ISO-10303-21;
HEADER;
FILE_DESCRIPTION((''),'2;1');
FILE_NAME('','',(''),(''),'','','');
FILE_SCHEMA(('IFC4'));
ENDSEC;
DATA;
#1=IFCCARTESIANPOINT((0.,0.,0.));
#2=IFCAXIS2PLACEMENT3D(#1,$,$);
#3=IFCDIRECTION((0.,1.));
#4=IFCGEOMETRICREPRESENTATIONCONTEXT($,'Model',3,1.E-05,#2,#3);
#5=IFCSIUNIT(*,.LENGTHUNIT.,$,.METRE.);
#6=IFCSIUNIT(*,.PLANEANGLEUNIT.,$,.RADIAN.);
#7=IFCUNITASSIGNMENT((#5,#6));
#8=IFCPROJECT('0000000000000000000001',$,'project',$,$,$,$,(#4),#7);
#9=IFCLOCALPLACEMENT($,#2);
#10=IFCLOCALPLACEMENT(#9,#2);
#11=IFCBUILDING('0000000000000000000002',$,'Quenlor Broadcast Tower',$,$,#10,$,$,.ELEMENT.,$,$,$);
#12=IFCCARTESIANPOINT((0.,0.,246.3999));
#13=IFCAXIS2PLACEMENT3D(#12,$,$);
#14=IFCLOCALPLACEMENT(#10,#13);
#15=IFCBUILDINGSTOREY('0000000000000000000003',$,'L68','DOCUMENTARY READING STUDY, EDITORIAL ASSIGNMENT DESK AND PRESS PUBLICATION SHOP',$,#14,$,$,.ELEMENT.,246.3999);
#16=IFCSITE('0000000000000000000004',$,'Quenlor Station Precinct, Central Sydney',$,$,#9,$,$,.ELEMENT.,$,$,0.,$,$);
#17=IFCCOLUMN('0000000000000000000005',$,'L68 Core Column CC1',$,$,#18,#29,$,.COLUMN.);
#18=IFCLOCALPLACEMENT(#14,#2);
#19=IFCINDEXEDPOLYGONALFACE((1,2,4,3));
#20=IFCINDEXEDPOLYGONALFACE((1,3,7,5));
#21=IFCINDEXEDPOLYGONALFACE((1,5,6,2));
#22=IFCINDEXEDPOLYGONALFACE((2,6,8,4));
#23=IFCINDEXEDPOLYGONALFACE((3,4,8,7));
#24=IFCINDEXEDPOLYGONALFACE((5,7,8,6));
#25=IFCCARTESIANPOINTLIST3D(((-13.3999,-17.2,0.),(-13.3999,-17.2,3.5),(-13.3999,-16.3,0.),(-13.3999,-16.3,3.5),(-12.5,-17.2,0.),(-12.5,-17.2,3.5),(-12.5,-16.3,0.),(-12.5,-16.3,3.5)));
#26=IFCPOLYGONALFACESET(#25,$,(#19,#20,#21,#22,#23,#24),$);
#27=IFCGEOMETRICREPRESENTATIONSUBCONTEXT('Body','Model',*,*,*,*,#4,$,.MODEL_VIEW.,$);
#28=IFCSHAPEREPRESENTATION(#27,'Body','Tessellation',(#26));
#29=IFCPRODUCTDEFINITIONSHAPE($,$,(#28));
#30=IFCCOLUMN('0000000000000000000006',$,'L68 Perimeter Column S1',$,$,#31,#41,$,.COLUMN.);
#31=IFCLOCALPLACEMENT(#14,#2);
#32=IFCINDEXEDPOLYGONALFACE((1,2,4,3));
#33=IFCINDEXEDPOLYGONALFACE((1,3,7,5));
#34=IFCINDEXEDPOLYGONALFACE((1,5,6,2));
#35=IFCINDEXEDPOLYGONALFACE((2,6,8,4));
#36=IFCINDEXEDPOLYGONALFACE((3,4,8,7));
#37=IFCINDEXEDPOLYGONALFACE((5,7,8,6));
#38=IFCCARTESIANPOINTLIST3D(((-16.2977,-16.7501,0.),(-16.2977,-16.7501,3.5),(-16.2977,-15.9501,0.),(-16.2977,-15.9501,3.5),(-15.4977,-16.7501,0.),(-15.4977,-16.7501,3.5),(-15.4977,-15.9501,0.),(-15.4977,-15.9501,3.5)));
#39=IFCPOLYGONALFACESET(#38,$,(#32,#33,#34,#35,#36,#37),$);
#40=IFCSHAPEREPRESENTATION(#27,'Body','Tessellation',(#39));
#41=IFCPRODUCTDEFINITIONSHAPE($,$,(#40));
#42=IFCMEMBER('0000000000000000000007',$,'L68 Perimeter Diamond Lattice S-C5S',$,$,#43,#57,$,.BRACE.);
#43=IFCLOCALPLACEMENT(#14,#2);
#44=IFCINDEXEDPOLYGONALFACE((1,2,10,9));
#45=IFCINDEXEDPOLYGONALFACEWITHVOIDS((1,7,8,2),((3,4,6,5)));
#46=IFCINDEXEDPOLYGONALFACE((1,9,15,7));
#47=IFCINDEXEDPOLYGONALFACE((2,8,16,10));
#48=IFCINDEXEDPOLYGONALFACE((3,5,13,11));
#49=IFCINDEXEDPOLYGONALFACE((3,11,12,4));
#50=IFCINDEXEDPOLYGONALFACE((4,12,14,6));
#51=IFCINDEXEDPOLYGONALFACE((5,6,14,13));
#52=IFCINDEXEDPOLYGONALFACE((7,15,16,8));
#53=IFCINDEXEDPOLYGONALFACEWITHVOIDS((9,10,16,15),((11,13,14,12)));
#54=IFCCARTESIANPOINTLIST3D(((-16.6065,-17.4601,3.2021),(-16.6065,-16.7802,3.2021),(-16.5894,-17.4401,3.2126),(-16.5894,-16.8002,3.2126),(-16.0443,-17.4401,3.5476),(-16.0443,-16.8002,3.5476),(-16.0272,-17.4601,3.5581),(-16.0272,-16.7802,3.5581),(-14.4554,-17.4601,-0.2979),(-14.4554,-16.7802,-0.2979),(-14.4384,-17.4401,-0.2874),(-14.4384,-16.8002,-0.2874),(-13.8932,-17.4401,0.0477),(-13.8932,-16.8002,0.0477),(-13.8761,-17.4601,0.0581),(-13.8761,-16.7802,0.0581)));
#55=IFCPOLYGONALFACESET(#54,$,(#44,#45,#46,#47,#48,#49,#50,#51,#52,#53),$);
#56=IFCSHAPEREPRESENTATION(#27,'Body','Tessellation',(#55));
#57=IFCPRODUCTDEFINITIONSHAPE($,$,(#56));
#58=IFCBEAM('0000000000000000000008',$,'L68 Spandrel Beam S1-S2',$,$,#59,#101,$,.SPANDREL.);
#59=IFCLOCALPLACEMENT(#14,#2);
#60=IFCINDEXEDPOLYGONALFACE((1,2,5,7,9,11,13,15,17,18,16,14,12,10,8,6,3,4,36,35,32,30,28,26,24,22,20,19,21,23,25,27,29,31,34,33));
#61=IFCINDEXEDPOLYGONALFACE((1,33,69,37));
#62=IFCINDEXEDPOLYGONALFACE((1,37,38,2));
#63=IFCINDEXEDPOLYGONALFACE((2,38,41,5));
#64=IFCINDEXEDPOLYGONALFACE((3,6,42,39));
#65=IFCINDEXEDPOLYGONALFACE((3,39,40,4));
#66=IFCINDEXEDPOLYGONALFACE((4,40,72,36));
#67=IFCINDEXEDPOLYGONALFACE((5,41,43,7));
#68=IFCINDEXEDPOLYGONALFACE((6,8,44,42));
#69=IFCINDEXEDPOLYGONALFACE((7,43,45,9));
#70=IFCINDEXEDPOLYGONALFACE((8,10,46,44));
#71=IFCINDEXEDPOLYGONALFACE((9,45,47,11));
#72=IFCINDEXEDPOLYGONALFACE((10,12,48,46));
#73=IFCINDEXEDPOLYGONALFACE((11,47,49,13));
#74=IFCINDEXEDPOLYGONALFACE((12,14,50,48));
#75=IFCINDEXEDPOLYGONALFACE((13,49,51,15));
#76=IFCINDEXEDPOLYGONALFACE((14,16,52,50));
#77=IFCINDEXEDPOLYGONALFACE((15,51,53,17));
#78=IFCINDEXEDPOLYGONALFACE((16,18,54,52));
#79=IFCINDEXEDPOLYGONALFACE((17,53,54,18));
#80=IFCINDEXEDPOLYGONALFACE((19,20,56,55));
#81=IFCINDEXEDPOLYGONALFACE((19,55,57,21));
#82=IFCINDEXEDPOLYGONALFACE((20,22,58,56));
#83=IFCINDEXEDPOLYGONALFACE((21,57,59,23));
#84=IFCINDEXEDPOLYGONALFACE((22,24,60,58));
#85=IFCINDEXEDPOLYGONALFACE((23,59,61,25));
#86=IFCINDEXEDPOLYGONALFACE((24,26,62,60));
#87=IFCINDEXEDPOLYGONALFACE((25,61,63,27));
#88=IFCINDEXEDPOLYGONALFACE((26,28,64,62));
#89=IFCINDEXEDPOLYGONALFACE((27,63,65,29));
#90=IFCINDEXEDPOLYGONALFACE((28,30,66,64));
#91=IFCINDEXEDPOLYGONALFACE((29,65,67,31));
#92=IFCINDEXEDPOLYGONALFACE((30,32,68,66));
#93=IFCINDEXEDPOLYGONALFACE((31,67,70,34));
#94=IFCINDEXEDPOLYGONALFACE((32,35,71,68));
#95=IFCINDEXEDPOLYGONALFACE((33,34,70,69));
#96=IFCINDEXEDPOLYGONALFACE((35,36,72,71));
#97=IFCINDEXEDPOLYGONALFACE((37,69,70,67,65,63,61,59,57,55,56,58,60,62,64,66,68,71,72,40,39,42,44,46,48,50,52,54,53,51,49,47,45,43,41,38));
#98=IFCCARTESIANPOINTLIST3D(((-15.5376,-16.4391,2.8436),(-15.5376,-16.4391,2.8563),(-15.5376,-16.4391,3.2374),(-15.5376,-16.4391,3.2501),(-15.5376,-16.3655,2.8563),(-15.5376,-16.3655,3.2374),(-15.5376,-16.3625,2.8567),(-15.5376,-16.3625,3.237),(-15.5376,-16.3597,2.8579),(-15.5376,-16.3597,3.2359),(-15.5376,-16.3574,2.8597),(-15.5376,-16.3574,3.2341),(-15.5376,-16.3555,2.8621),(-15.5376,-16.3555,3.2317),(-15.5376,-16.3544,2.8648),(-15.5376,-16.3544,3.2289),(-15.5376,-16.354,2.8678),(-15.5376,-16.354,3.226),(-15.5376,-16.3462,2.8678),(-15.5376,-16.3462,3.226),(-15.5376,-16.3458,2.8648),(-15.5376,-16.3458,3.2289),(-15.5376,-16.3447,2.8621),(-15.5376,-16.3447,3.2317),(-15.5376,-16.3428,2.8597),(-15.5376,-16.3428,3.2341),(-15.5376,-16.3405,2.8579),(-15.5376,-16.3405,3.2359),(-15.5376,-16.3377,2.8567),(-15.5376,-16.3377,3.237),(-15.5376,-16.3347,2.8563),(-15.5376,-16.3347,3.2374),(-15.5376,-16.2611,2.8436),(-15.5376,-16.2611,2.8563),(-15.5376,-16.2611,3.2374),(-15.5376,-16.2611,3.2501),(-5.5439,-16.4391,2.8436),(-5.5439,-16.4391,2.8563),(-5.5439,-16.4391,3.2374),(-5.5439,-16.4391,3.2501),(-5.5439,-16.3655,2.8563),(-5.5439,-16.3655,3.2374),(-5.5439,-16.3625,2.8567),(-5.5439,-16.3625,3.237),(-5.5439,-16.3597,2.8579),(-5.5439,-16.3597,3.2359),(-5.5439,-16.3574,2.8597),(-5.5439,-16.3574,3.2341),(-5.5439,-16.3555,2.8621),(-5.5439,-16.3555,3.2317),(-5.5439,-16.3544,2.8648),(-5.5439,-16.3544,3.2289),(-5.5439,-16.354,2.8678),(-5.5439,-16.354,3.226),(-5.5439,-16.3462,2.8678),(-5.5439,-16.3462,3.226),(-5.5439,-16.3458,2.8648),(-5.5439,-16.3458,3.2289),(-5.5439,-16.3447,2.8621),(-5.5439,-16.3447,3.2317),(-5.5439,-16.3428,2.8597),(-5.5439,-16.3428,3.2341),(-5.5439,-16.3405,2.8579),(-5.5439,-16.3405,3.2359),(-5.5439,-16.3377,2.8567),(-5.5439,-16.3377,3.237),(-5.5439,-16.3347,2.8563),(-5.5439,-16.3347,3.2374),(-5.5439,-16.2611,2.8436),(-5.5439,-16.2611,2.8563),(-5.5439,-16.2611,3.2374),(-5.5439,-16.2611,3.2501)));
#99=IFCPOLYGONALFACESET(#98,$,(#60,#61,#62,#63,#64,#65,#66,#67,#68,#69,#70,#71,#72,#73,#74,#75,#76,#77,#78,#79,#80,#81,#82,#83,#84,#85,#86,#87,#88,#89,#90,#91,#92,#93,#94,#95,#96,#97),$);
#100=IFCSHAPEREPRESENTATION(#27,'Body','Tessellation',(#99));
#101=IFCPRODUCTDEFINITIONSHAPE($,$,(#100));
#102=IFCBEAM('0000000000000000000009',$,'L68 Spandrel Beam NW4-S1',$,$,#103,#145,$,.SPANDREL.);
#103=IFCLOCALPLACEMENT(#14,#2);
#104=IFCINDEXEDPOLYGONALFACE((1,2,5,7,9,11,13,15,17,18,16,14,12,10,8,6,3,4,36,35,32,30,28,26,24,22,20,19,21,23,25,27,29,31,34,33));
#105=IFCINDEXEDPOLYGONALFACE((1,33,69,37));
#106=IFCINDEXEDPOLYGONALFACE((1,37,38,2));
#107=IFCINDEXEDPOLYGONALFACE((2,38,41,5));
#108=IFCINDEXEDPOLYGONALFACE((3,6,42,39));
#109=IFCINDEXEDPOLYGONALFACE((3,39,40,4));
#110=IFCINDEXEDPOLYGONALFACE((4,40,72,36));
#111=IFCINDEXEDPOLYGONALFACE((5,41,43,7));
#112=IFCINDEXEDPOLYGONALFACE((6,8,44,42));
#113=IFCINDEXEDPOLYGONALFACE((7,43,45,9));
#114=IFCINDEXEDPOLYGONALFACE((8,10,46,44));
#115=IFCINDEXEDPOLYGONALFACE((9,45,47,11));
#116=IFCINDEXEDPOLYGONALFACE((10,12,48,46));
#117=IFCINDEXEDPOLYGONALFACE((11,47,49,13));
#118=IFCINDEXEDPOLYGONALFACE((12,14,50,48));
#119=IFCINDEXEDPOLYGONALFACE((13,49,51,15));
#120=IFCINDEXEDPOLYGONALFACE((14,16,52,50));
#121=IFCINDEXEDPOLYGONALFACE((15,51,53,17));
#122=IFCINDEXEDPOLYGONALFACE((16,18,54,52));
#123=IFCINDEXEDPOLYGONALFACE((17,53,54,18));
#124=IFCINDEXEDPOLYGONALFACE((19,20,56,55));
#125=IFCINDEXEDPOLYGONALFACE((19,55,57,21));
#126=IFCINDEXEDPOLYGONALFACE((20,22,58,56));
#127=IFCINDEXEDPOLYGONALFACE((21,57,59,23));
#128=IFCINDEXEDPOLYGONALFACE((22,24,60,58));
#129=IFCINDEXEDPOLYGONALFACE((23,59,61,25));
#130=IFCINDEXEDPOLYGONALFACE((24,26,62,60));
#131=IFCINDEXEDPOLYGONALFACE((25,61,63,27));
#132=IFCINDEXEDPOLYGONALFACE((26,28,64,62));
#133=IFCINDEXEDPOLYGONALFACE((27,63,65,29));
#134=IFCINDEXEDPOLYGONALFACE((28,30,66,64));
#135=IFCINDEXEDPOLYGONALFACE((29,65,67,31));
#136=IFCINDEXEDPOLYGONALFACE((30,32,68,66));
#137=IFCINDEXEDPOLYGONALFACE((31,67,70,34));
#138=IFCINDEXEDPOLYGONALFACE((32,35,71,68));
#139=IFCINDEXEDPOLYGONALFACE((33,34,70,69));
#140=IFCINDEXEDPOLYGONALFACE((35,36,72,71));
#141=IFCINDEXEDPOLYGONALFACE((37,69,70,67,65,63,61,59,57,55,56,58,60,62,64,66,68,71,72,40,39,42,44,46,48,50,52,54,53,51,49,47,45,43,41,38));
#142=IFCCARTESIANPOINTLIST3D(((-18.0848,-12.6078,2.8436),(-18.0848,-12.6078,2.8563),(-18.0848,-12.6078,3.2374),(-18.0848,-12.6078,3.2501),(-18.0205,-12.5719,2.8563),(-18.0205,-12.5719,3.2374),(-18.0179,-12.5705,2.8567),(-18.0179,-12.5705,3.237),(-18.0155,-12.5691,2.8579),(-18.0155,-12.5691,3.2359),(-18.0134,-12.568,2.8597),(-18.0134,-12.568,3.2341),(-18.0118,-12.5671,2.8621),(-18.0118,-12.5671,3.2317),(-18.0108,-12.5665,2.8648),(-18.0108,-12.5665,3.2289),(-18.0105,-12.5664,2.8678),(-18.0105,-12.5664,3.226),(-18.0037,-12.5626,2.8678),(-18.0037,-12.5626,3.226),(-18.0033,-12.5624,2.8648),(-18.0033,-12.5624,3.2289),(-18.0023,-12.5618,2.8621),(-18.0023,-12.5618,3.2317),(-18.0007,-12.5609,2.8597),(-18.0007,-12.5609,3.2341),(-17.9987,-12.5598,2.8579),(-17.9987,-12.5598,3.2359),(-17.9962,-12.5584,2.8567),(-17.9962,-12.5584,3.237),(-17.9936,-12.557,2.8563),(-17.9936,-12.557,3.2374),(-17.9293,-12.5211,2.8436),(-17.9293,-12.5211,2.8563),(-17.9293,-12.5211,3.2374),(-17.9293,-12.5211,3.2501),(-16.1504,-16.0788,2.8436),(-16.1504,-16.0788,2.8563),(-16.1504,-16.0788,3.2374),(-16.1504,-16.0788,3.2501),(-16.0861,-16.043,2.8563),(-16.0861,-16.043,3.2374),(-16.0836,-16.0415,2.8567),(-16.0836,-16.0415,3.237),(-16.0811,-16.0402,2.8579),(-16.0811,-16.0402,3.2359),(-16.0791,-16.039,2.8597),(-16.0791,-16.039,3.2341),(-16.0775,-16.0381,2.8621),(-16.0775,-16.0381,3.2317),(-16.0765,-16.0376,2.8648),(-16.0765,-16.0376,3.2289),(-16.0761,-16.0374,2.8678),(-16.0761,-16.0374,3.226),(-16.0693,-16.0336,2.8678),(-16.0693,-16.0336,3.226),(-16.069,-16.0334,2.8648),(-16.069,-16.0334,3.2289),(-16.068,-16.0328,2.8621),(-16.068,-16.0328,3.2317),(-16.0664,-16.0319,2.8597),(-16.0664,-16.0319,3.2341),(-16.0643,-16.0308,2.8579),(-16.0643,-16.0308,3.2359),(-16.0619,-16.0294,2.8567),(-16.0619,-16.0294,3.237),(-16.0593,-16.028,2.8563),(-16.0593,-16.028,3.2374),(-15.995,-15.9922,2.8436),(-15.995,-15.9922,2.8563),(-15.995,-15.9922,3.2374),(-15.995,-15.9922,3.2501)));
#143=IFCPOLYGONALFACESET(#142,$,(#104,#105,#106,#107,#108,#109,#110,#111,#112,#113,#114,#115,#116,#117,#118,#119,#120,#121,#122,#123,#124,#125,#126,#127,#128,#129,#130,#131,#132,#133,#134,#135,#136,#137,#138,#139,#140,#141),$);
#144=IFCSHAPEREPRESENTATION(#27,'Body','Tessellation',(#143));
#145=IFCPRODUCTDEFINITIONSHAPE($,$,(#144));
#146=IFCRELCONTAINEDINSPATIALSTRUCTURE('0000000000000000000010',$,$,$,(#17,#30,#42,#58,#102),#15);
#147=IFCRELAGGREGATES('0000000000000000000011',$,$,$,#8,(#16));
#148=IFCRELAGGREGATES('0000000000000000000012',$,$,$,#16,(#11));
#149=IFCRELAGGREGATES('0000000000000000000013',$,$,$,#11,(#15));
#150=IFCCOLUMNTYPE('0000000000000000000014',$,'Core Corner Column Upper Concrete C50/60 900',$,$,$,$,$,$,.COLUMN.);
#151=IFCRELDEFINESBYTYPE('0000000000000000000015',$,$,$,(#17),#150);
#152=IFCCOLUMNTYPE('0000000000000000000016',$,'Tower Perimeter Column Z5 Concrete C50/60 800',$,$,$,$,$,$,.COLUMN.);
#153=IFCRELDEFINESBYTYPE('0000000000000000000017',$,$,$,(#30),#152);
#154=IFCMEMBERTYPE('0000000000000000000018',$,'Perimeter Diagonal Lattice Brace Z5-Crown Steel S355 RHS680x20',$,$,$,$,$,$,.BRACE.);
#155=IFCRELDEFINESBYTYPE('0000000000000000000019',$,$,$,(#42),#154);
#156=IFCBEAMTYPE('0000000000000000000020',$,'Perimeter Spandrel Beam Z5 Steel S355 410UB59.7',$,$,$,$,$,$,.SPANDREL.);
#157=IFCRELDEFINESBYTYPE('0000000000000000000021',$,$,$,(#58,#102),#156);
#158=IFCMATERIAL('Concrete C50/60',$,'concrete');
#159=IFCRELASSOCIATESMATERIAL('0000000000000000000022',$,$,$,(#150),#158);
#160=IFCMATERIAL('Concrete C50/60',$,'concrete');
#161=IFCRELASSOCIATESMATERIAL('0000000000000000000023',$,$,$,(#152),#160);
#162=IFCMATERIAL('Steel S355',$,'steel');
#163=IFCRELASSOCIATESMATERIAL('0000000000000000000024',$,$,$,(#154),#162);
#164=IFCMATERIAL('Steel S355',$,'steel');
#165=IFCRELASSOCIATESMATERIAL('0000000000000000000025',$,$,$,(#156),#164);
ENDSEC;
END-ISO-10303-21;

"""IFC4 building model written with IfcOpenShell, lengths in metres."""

from ifc_helpers import new_model, si_unit, direction, frame, origin, origin_2d, place, context, subcontext, project, spatial, rectangle, hollow_rectangle, i_section, extrude, material, material_profile, profile_set, type_object, element, save


model = new_model("IFC4")

# Units and contexts
model_context = context("Model", 3, precision=1e-05, world=origin(), true_north=direction((0.0, 1.0)))
body_context = subcontext(model_context, "Body", "Model", "MODEL_VIEW")
ifc_project = project(units=[si_unit("LENGTHUNIT", "METRE"), si_unit("PLANEANGLEUNIT", "RADIAN")], contexts=[model_context])

# Site, building, storey
site_placement = place(None, origin())
site = spatial("IfcSite", under=ifc_project, at=site_placement, Name="Quenlor Station Precinct, Central Sydney", CompositionType="ELEMENT", RefElevation=0.0)
building_placement = place(site_placement, origin())
building = spatial("IfcBuilding", under=site, at=building_placement, Name="Quenlor Broadcast Tower", CompositionType="ELEMENT")
storey_placement = place(building_placement, frame((0.0, 0.0, 246.3999)))
storey = spatial("IfcBuildingStorey", under=building, at=storey_placement, Name="L68", Description="DOCUMENTARY READING STUDY, EDITORIAL ASSIGNMENT DESK AND PRESS PUBLICATION SHOP", CompositionType="ELEMENT", Elevation=246.3999)

# Columns
ifc_material_1 = material(Name="Concrete C50/60", Category="concrete")
ifc_material_profile_1 = material_profile(ifc_material_1, rectangle(XDim=0.8999, YDim=0.8999, at=origin_2d()))
ifc_profile_set_1 = profile_set([ifc_material_profile_1], Name="Concrete C50/60 RC900x900")
column_type_1 = type_object("IfcColumnType", Name="Core Corner Column Upper Concrete C50/60 900", PredefinedType="COLUMN", material=ifc_profile_set_1)
column_1_placement = place(storey_placement, frame((-12.95, -16.75, 0.0), z_axis=(0.0, 0.0, 1.0), x_axis=(1.0, 0.0, 0.0)))
element("IfcColumn", 1, at=column_1_placement, inside=storey, type_object=column_type_1, Name="L68 Core Column CC1", PredefinedType="COLUMN", context=body_context, shape_type="SweptSolid", body=[
    extrude(rectangle(XDim=0.8999, YDim=0.8999, at=origin_2d()), origin(), (0.0, 0.0, 1.0), 3.5),
])
ifc_material_2 = material(Name="Concrete C50/60", Category="concrete")
ifc_material_profile_2 = material_profile(ifc_material_2, rectangle(XDim=0.8, YDim=0.8, at=origin_2d()))
ifc_profile_set_2 = profile_set([ifc_material_profile_2], Name="Concrete C50/60 RC800x800")
column_type_2 = type_object("IfcColumnType", Name="Tower Perimeter Column Z5 Concrete C50/60 800", PredefinedType="COLUMN", material=ifc_profile_set_2)
column_2_placement = place(storey_placement, frame((-15.8977, -16.3501, 0.0), z_axis=(0.0, 0.0, 1.0), x_axis=(0.0, 1.0, 0.0)))
element("IfcColumn", 2, at=column_2_placement, inside=storey, type_object=column_type_2, Name="L68 Perimeter Column S1", PredefinedType="COLUMN", context=body_context, shape_type="SweptSolid", body=[
    extrude(rectangle(XDim=0.8, YDim=0.8, at=origin_2d()), origin(), (0.0, 0.0, 1.0), 3.5),
])

# Member
ifc_material_3 = material(Name="Steel S355", Category="steel")
ifc_material_profile_3 = material_profile(ifc_material_3, hollow_rectangle(XDim=0.6799, YDim=0.6799, WallThickness=0.02, at=origin_2d()))
ifc_profile_set_3 = profile_set([ifc_material_profile_3], Name="Steel S355 RHS680x680x20")
member_type = type_object("IfcMemberType", Name="Perimeter Diagonal Lattice Brace Z5-Crown Steel S355 RHS680x20", PredefinedType="BRACE", material=ifc_profile_set_3)
member_placement = place(storey_placement, frame((-14.1658, -17.1201, -0.1199), z_axis=(-0.523617, 0.0, 0.851954), x_axis=(0.0, -1.0, 0.0)))
element("IfcMember", 3, at=member_placement, inside=storey, type_object=member_type, Name="L68 Perimeter Diamond Lattice S-C5S", PredefinedType="BRACE", context=body_context, shape_type="SweptSolid", body=[
    extrude(hollow_rectangle(XDim=0.6799, YDim=0.6799, WallThickness=0.02, at=origin_2d()), origin(), (0.0, 0.0, 1.0), 4.1082),
])

# Beams
ifc_material_4 = material(Name="Steel S355", Category="steel")
ifc_material_profile_4 = material_profile(ifc_material_4, i_section(OverallWidth=0.178, OverallDepth=0.4065, WebThickness=0.0078, FlangeThickness=0.0127, FilletRadius=0.0115, at=origin_2d()))
ifc_profile_set_4 = profile_set([ifc_material_profile_4], Name="Steel S355 410UB59.7")
beam_type_1 = type_object("IfcBeamType", Name="Perimeter Spandrel Beam Z5 Steel S355 410UB59.7", PredefinedType="SPANDREL", material=ifc_profile_set_4)
beam_1_placement = place(storey_placement, frame((-15.5376, -16.3501, 3.0469), z_axis=(1.0, 0.0, 0.0), x_axis=(0.0, 1.0, 0.0)))
element("IfcBeam", 4, at=beam_1_placement, inside=storey, type_object=beam_type_1, Name="L68 Spandrel Beam S1-S2", PredefinedType="SPANDREL", context=body_context, shape_type="SweptSolid", body=[
    extrude(i_section(OverallWidth=0.178, OverallDepth=0.4065, WebThickness=0.0078, FlangeThickness=0.0127, FilletRadius=0.0115, at=origin_2d()), origin(), (0.0, 0.0, 1.0), 9.9937),
])
beam_2_placement = place(storey_placement, frame((-18.0071, -12.5645, 3.0469), z_axis=(0.486801, -0.873513, 0.0), x_axis=(0.873513, 0.486801, 0.0)))
element("IfcBeam", 5, at=beam_2_placement, inside=storey, type_object=beam_type_1, Name="L68 Spandrel Beam NW4-S1", PredefinedType="SPANDREL", context=body_context, shape_type="SweptSolid", body=[
    extrude(i_section(OverallWidth=0.178, OverallDepth=0.4065, WebThickness=0.0078, FlangeThickness=0.0127, FilletRadius=0.0115, at=origin_2d()), origin(), (0.0, 0.0, 1.0), 3.9736),
])

save(model, "model.ifc")
